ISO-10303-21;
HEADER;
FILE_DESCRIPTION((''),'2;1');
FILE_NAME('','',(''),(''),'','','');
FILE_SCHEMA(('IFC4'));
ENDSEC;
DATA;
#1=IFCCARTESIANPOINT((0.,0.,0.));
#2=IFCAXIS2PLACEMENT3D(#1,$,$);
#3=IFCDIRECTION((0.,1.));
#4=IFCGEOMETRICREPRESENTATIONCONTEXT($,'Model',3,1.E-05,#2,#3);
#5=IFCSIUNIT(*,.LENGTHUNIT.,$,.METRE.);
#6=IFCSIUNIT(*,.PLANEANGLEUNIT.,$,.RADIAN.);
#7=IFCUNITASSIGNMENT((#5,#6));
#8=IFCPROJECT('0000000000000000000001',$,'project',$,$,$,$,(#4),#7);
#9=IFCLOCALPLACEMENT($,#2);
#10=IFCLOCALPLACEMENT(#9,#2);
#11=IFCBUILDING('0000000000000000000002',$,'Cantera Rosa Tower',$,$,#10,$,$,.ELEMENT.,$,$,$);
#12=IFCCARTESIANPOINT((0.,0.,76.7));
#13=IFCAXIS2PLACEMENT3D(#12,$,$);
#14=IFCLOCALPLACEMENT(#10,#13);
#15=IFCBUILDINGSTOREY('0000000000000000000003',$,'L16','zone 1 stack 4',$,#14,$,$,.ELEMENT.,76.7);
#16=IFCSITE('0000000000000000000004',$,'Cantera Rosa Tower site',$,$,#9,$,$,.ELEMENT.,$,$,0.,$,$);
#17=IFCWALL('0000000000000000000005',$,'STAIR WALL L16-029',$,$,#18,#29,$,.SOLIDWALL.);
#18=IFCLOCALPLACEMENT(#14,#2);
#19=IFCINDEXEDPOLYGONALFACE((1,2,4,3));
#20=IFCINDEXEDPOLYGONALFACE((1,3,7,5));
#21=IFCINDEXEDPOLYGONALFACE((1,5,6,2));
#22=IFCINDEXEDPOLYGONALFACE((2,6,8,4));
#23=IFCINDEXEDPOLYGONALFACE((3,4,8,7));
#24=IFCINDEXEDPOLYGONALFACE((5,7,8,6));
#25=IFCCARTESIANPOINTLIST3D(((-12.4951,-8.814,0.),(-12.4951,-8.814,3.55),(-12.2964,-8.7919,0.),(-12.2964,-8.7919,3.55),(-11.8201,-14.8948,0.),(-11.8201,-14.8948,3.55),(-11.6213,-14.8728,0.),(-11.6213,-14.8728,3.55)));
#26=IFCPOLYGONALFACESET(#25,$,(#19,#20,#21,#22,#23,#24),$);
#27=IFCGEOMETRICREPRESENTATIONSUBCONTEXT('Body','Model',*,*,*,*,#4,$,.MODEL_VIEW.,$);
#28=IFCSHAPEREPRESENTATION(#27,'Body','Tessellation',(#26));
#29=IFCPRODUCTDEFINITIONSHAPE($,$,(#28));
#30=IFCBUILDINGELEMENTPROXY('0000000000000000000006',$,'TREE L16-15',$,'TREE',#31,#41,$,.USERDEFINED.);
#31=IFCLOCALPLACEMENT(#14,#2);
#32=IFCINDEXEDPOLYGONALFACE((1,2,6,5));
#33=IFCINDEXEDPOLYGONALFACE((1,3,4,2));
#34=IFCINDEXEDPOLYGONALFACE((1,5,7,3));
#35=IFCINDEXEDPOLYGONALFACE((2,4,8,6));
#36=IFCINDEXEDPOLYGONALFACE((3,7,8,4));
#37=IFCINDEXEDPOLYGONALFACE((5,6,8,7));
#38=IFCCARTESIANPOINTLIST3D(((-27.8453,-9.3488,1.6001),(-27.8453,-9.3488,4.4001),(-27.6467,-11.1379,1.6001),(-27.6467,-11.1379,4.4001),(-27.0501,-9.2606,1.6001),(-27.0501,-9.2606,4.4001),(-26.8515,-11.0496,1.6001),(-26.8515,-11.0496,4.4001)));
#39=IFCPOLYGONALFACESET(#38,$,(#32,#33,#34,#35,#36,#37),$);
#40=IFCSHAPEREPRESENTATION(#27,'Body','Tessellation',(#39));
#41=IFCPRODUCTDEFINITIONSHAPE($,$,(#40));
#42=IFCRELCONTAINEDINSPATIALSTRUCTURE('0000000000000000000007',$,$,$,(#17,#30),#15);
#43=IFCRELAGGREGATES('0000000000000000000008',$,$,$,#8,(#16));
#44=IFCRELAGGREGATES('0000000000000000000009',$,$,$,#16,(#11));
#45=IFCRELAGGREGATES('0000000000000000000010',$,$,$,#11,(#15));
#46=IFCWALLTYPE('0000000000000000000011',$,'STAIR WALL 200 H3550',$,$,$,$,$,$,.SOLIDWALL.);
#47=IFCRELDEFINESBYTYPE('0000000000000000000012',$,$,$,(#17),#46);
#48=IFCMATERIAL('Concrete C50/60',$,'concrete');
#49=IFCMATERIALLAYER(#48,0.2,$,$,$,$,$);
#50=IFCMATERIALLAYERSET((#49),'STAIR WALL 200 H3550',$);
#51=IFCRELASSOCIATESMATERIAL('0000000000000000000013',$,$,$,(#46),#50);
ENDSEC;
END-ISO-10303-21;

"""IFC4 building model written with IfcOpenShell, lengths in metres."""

from ifc_helpers import new_model, si_unit, direction, frame, frame_2d, origin, origin_2d, place, context, subcontext, project, spatial, rectangle, extrude, material, layer, layer_set, type_object, element, save


model = new_model("IFC4")

# Units and contexts
model_context = context("Model", 3, precision=1e-05, world=origin(), true_north=direction((0.0, 1.0)))
body_context = subcontext(model_context, "Body", "Model", "MODEL_VIEW")
ifc_project = project(units=[si_unit("LENGTHUNIT", "METRE"), si_unit("PLANEANGLEUNIT", "RADIAN")], contexts=[model_context])

# Site, building, storey
site_placement = place(None, origin())
site = spatial("IfcSite", under=ifc_project, at=site_placement, Name="Cantera Rosa Tower site", CompositionType="ELEMENT", RefElevation=0.0)
building_placement = place(site_placement, origin())
building = spatial("IfcBuilding", under=site, at=building_placement, Name="Cantera Rosa Tower", CompositionType="ELEMENT")
storey_placement = place(building_placement, frame((0.0, 0.0, 76.7)))
storey = spatial("IfcBuildingStorey", under=building, at=storey_placement, Name="L16", Description="zone 1 stack 4", CompositionType="ELEMENT", Elevation=76.7)

# Wall
ifc_material_1 = material(Name="Concrete C50/60", Category="concrete")
ifc_layer_1 = layer(ifc_material_1, 0.2)
ifc_layer_set_1 = layer_set([ifc_layer_1], Name="STAIR WALL 200 H3550")
wall_type_1 = type_object("IfcWallType", Name="STAIR WALL 200 H3550", PredefinedType="SOLIDWALL", material=ifc_layer_set_1)
wall_1_placement = place(storey_placement, frame((-12.3958, -8.803, 0.0), z_axis=(0.0, 0.0, 1.0), x_axis=(0.110335, -0.993894, 0.0)))
element("IfcWall", 1, at=wall_1_placement, inside=storey, type_object=wall_type_1, Name="STAIR WALL L16-029", PredefinedType="SOLIDWALL", context=body_context, shape_type="SweptSolid", body=[
    extrude(rectangle(XDim=6.1182, YDim=0.2, at=frame_2d((3.0591, 0.0))), origin(), (0.0, 0.0, 1.0), 3.55),
])

# Building element proxy
proxy_placement = place(storey_placement, frame((-27.3484, -10.1992, 1.6001), z_axis=(0.0, 0.0, 1.0), x_axis=(0.110313, -0.993897, 0.0)))
element("IfcBuildingElementProxy", 2, at=proxy_placement, inside=storey, Name="TREE L16-15", ObjectType="TREE", PredefinedType="USERDEFINED", context=body_context, shape_type="SweptSolid", body=[
    extrude(rectangle(XDim=1.8, YDim=0.8, at=origin_2d()), origin(), (0.0, 0.0, 1.0), 2.8),
])

save(model, "model.ifc")
